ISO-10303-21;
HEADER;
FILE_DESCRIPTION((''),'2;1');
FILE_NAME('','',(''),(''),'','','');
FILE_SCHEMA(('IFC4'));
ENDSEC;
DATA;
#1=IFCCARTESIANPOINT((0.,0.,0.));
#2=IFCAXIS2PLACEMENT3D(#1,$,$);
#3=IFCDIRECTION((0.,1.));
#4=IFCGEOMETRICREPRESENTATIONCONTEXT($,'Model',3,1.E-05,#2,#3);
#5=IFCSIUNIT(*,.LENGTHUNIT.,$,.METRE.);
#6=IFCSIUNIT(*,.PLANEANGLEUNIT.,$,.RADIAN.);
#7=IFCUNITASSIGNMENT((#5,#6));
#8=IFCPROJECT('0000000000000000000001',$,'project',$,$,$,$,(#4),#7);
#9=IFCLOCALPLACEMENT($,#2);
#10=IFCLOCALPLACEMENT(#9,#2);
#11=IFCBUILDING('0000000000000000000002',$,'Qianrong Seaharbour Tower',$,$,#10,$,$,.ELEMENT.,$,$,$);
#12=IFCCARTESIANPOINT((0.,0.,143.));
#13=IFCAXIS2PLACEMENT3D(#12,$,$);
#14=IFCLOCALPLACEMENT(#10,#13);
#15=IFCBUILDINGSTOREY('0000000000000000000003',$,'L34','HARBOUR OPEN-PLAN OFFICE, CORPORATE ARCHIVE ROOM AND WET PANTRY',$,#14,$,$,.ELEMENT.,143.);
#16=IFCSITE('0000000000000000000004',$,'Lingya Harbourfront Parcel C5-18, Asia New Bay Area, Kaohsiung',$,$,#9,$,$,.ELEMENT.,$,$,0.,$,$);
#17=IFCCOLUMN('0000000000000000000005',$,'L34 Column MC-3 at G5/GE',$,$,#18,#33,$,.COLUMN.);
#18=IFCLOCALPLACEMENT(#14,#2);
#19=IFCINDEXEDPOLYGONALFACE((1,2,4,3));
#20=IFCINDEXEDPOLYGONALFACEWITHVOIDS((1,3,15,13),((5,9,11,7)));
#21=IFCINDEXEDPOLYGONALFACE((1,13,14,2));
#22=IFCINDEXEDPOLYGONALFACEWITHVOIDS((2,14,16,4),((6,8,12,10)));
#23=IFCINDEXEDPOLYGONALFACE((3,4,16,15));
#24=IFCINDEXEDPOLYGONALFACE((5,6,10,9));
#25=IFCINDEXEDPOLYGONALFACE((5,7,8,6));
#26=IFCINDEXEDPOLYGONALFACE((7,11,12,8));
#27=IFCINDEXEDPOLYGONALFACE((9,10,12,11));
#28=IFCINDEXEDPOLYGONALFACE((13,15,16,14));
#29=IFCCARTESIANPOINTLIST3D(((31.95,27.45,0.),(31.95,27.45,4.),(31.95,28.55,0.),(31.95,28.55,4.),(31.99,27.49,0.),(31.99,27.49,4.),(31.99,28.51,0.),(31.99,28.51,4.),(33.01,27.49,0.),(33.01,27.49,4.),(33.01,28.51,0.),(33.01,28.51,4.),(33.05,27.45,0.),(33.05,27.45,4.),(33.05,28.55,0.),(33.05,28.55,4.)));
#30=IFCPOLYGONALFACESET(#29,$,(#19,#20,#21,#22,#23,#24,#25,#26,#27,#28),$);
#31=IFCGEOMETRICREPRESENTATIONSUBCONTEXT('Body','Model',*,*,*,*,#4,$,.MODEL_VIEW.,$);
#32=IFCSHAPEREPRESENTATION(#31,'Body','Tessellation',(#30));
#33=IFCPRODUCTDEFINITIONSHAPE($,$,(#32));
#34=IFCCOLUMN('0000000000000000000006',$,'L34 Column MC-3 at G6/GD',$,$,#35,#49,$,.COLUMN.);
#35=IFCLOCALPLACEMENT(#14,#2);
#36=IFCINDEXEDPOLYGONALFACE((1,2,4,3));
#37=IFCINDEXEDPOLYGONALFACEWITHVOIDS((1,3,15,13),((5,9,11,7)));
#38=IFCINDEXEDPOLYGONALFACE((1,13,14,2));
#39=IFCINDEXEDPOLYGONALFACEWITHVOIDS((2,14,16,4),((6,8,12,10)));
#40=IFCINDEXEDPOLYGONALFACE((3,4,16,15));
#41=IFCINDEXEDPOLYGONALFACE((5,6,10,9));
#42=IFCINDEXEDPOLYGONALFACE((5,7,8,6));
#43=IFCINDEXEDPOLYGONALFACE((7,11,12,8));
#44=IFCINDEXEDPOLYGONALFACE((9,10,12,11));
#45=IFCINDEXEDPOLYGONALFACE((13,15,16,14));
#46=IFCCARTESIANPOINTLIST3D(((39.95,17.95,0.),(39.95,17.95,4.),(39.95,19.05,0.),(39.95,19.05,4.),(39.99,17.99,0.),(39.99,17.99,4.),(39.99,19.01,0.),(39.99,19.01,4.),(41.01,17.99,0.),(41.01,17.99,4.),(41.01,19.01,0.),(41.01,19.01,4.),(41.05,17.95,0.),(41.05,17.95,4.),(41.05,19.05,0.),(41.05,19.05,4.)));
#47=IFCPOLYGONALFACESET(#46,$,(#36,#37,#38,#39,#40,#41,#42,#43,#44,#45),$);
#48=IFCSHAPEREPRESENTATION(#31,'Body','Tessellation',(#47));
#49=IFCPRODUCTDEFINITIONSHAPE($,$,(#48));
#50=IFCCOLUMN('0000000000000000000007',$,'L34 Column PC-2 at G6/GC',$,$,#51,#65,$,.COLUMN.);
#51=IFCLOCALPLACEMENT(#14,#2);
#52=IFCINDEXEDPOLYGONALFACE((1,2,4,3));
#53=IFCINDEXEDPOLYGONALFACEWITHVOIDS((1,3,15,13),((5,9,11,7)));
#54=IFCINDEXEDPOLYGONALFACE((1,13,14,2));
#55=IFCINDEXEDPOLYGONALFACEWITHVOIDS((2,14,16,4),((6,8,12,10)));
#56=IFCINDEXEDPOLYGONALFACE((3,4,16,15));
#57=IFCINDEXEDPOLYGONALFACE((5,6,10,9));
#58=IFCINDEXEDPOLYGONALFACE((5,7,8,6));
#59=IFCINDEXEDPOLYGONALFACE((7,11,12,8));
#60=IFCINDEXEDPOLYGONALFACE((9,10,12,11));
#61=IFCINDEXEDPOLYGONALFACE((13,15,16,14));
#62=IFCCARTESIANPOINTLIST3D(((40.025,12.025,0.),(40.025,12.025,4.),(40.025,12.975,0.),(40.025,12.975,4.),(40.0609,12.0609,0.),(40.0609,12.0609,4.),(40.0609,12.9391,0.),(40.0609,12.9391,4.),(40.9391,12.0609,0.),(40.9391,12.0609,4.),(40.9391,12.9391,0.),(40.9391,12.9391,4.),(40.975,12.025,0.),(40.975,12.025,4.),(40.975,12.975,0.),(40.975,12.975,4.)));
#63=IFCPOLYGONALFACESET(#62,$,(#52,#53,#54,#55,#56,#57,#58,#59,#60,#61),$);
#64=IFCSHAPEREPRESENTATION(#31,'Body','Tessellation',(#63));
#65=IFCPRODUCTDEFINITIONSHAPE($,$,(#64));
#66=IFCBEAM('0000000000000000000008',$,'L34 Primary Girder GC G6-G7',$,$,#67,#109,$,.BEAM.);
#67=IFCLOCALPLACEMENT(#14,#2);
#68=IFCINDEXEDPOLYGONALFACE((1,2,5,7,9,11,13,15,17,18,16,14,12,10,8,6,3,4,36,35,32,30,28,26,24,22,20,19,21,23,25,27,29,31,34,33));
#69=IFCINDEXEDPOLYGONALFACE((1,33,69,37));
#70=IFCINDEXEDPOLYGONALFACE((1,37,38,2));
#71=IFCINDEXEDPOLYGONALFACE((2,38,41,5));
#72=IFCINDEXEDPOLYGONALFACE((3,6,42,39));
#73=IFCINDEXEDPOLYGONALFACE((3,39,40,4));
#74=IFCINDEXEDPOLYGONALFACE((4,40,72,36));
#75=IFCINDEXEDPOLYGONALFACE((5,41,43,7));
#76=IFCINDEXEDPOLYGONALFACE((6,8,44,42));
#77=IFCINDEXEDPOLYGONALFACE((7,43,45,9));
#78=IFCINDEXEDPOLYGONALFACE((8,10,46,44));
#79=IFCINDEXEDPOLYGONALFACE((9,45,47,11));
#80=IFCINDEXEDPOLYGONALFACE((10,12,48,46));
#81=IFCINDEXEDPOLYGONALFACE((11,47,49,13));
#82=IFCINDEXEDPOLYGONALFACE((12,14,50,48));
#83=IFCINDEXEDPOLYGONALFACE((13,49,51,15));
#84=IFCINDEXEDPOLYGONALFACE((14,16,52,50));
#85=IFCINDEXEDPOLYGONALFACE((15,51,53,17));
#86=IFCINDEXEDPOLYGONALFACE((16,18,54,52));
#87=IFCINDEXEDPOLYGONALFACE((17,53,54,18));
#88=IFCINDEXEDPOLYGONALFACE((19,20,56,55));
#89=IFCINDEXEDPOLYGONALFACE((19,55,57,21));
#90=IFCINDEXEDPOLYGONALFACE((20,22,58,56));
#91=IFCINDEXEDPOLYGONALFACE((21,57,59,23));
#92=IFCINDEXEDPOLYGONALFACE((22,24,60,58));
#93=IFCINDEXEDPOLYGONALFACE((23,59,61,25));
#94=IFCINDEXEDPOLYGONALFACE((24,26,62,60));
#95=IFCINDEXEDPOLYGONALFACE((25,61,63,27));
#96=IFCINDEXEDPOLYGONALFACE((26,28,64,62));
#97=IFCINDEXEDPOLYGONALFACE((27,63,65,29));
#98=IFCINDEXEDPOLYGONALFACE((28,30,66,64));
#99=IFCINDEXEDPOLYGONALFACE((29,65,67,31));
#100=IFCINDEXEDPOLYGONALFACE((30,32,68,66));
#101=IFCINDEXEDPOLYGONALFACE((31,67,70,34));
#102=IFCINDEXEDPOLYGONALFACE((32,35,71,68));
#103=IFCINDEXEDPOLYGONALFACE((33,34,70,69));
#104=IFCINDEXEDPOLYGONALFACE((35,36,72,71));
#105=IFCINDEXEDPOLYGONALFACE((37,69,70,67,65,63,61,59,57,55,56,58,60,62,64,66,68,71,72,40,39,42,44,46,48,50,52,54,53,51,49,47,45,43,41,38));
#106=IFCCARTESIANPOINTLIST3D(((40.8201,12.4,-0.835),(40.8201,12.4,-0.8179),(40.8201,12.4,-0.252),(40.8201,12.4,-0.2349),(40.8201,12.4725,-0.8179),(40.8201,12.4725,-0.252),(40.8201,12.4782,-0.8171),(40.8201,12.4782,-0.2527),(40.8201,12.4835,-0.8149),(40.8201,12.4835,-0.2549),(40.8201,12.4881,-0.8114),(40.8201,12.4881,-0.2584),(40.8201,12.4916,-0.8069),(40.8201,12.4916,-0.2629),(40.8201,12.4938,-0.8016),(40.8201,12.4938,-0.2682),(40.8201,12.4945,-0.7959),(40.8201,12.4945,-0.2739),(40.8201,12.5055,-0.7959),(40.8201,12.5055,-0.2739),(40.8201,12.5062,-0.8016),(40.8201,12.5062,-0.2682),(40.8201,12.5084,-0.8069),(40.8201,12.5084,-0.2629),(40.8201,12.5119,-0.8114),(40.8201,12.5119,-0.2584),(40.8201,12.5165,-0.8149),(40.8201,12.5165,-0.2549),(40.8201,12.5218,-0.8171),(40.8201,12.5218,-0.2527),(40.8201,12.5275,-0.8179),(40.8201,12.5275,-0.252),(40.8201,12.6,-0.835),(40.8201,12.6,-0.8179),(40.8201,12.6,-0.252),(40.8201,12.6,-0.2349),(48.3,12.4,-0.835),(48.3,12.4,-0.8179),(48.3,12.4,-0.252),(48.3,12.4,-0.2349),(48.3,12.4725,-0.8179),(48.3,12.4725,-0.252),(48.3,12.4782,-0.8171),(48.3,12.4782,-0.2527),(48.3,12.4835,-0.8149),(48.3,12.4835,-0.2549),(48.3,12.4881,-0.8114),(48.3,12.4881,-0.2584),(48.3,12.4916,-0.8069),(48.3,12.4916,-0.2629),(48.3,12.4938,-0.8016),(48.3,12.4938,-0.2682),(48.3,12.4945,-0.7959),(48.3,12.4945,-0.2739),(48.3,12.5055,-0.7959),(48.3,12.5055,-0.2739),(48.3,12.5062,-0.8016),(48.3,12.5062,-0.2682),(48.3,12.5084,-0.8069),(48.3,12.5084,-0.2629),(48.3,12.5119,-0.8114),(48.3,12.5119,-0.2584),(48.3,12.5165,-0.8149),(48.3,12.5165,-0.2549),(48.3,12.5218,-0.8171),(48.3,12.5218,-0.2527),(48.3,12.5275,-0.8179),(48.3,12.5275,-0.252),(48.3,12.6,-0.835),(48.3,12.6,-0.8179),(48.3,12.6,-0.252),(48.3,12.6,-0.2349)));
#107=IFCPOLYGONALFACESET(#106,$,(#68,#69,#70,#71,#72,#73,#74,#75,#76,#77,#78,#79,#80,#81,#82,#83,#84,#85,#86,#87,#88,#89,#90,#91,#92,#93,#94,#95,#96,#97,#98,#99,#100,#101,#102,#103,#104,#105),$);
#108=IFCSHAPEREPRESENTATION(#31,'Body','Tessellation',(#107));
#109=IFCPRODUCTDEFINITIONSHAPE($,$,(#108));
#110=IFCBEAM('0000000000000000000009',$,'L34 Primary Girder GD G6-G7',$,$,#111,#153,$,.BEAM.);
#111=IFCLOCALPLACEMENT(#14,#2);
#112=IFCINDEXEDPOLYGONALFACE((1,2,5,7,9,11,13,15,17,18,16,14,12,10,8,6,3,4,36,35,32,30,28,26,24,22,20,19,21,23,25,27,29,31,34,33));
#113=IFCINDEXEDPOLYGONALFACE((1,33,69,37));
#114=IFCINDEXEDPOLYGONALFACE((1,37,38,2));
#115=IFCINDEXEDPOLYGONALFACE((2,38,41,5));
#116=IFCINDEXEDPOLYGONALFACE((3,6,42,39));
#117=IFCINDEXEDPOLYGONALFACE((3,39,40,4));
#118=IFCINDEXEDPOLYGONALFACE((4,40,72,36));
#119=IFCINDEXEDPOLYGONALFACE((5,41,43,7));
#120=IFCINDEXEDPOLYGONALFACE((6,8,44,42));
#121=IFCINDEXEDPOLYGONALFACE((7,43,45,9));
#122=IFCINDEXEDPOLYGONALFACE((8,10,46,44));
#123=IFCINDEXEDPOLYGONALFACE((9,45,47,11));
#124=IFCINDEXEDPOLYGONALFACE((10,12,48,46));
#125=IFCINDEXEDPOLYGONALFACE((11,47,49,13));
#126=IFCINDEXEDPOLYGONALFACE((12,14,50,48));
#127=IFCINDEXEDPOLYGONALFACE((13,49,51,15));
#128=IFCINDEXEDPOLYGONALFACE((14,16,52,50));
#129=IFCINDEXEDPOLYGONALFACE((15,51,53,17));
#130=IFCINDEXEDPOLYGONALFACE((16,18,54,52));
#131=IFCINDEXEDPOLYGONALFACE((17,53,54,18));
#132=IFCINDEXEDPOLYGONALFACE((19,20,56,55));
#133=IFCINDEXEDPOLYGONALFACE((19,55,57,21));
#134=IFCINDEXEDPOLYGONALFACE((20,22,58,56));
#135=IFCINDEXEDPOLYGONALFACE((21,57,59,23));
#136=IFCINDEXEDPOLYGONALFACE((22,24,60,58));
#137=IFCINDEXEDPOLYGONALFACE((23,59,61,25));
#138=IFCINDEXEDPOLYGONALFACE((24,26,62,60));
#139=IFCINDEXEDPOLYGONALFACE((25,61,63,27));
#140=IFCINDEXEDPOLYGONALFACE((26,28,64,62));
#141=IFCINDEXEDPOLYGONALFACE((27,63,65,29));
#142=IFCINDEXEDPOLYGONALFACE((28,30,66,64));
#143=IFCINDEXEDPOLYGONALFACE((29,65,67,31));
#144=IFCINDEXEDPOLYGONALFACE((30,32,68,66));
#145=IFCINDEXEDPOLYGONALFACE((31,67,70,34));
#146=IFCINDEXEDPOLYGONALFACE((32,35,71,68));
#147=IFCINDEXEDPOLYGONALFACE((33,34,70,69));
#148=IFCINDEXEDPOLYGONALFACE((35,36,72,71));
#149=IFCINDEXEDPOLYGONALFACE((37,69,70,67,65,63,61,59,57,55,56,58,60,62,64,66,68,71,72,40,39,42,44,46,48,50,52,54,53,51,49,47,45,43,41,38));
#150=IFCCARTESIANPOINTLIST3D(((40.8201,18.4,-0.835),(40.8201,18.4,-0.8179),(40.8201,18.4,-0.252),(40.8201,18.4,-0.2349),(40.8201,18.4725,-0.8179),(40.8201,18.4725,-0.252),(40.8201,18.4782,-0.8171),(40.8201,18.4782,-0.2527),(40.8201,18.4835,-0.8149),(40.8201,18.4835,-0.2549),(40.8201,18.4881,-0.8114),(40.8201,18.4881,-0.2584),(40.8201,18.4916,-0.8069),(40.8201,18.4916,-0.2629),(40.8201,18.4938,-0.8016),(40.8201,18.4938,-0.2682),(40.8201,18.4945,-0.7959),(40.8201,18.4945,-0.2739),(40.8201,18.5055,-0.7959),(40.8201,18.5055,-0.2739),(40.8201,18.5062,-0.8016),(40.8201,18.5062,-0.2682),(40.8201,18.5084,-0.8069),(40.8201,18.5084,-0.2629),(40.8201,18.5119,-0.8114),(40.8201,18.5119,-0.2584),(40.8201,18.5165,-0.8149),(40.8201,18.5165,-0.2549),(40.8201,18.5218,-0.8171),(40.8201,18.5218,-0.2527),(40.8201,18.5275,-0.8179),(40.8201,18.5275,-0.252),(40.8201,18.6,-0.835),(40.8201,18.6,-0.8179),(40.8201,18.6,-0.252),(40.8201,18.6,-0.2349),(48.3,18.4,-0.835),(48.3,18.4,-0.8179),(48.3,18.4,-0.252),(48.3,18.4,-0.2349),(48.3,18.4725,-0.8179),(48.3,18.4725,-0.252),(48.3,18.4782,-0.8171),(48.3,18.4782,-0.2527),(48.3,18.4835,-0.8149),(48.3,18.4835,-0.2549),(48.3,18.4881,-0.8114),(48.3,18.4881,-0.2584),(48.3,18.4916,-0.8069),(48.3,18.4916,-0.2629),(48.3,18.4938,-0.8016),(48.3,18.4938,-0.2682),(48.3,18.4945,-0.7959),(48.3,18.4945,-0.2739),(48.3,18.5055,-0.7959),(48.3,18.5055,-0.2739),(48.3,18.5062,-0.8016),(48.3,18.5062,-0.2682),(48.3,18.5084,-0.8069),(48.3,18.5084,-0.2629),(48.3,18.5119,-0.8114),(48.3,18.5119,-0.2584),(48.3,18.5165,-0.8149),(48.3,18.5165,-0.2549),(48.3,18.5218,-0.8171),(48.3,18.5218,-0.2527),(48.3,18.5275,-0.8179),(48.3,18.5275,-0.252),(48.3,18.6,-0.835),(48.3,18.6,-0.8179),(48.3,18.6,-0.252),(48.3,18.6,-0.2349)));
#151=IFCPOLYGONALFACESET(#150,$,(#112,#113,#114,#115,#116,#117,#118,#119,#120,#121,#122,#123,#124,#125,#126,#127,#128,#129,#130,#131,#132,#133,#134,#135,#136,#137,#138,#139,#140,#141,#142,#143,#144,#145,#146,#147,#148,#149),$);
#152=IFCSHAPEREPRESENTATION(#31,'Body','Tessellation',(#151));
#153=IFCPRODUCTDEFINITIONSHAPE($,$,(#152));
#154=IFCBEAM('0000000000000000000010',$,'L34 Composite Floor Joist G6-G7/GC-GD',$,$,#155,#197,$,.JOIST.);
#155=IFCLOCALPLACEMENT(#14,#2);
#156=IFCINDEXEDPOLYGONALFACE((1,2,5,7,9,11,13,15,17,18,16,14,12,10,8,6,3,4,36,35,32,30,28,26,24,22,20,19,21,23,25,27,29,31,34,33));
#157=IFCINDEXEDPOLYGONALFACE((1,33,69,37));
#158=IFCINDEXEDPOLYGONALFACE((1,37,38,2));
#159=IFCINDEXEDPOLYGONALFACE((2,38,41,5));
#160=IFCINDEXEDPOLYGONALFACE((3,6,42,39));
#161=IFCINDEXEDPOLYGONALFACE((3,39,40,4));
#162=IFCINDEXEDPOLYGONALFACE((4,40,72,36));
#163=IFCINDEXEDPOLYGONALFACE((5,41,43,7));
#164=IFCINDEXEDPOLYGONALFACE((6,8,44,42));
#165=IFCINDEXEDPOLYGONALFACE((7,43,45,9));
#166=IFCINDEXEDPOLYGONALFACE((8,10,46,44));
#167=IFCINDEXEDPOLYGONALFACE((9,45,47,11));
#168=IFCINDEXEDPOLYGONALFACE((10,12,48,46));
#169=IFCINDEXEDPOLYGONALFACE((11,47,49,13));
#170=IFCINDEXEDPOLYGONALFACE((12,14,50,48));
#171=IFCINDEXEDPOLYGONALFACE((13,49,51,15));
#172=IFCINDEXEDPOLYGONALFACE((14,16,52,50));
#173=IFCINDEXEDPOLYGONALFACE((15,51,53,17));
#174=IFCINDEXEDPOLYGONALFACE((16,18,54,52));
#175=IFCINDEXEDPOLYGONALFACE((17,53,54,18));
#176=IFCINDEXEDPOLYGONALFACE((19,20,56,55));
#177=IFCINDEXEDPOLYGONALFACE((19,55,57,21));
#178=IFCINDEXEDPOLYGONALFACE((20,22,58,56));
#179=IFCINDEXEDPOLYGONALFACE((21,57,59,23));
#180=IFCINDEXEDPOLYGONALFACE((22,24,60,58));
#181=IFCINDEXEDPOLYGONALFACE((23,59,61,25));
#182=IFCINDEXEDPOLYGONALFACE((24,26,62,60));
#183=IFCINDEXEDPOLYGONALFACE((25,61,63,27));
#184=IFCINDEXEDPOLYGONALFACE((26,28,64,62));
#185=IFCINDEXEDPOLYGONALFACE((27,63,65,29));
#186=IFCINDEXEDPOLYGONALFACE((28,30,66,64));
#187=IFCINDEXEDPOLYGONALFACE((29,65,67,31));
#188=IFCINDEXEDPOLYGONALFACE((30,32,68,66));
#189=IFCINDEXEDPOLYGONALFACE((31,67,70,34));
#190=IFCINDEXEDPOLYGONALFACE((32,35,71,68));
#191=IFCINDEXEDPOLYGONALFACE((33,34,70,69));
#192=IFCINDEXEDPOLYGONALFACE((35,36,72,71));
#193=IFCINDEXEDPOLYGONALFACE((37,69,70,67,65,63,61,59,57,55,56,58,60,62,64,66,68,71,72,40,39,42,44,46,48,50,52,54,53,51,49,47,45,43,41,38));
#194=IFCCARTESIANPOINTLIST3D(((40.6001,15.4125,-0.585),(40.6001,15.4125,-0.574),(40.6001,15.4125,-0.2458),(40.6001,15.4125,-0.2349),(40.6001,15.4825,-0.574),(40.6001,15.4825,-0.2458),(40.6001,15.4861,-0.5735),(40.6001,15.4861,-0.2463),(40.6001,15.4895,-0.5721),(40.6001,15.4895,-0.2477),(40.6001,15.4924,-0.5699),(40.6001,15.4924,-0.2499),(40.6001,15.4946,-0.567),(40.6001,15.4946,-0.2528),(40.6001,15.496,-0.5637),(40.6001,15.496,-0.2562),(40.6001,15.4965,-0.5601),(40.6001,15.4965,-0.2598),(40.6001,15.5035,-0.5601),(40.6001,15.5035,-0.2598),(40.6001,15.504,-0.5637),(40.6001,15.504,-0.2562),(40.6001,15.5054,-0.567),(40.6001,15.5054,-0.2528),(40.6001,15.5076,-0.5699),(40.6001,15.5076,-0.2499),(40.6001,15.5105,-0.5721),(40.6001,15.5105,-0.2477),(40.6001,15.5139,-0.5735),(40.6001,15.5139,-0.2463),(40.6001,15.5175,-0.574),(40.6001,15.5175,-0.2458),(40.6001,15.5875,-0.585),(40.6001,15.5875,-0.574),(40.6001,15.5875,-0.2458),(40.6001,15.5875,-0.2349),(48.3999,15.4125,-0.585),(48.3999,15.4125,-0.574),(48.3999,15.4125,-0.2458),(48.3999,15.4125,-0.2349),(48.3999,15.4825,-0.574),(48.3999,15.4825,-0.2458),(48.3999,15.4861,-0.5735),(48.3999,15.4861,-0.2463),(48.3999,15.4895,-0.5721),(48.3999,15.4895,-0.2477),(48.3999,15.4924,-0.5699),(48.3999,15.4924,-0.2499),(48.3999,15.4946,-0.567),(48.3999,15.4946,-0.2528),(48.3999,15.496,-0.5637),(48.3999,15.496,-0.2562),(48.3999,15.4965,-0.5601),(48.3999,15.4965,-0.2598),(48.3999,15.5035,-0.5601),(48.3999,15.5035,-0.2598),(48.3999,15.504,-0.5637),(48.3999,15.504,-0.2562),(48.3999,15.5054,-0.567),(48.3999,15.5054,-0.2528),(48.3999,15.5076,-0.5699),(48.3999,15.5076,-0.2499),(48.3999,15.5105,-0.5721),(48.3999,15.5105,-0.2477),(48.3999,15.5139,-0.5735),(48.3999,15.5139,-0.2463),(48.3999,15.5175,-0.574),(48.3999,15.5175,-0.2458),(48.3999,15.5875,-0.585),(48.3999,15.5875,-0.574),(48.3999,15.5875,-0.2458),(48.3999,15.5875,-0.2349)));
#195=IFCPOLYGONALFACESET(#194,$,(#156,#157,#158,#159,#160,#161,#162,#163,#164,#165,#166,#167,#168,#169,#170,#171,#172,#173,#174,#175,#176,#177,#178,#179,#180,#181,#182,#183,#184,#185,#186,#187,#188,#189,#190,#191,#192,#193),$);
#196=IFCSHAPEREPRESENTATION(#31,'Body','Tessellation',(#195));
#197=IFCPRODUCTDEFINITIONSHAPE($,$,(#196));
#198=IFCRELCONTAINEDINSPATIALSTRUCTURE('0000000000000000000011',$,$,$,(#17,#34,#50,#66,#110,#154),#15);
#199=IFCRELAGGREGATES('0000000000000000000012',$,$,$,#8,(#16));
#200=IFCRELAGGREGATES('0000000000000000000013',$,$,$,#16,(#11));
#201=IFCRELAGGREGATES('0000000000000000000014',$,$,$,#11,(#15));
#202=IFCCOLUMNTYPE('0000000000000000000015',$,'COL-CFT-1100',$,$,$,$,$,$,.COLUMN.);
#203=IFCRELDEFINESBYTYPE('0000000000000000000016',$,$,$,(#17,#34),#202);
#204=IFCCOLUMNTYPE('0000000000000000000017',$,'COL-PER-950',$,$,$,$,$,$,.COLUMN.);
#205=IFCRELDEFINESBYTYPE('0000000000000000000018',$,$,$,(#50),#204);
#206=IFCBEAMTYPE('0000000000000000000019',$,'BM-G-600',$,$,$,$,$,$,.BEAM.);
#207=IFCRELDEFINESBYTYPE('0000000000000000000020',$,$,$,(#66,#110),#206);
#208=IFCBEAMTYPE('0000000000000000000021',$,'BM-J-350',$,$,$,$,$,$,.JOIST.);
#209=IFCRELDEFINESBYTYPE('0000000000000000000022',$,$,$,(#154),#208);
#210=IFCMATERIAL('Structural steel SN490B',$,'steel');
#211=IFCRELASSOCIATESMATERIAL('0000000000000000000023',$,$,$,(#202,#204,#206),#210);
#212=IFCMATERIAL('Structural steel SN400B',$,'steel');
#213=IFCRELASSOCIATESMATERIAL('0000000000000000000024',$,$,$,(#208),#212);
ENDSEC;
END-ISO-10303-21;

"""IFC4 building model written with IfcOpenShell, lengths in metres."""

from ifc_helpers import new_model, si_unit, direction, frame, origin, origin_2d, place, context, subcontext, project, spatial, hollow_rectangle, i_section, extrude, material, material_profile, profile_set, type_object, element, save


model = new_model("IFC4")

# Units and contexts
model_context = context("Model", 3, precision=1e-05, world=origin(), true_north=direction((0.0, 1.0)))
body_context = subcontext(model_context, "Body", "Model", "MODEL_VIEW")
ifc_project = project(units=[si_unit("LENGTHUNIT", "METRE"), si_unit("PLANEANGLEUNIT", "RADIAN")], contexts=[model_context])

# Site, building, storey
site_placement = place(None, origin())
site = spatial("IfcSite", under=ifc_project, at=site_placement, Name="Lingya Harbourfront Parcel C5-18, Asia New Bay Area, Kaohsiung", CompositionType="ELEMENT", RefElevation=0.0)
building_placement = place(site_placement, origin())
building = spatial("IfcBuilding", under=site, at=building_placement, Name="Qianrong Seaharbour Tower", CompositionType="ELEMENT")
storey_placement = place(building_placement, frame((0.0, 0.0, 143.0)))
storey = spatial("IfcBuildingStorey", under=building, at=storey_placement, Name="L34", Description="HARBOUR OPEN-PLAN OFFICE, CORPORATE ARCHIVE ROOM AND WET PANTRY", CompositionType="ELEMENT", Elevation=143.0)

# Columns
ifc_material_1 = material(Name="Structural steel SN490B", Category="steel")
ifc_material_profile_1 = material_profile(ifc_material_1, hollow_rectangle(XDim=1.1001, YDim=1.1001, WallThickness=0.04, at=origin_2d()), Name="BOX1100x1100x40")
ifc_profile_set_1 = profile_set([ifc_material_profile_1], Name="Structural steel SN490B")
column_type_1 = type_object("IfcColumnType", Name="COL-CFT-1100", PredefinedType="COLUMN", material=ifc_profile_set_1)
for number, where, z_axis, x_axis, name in (
    (1, (32.5, 28.0, 0.0), (0.0, 0.0, 1.0), (1.0, 0.0, 0.0), "L34 Column MC-3 at G5/GE"),
    (2, (40.5, 18.5, 0.0), (0.0, 0.0, 1.0), (1.0, 0.0, 0.0), "L34 Column MC-3 at G6/GD"),
):
    element("IfcColumn", number, at=place(storey_placement, frame(where, z_axis=z_axis, x_axis=x_axis)), inside=storey, type_object=column_type_1, Name=name, PredefinedType="COLUMN", context=body_context, shape_type="SweptSolid", body=[
        extrude(hollow_rectangle(XDim=1.1001, YDim=1.1001, WallThickness=0.04, at=origin_2d()), origin(), (0.0, 0.0, 1.0), 4.0),
    ])
ifc_material_profile_2 = material_profile(ifc_material_1, hollow_rectangle(XDim=0.95, YDim=0.95, WallThickness=0.0359, at=origin_2d()), Name="BOX950x950x36")
ifc_profile_set_2 = profile_set([ifc_material_profile_2], Name="Structural steel SN490B")
column_type_2 = type_object("IfcColumnType", Name="COL-PER-950", PredefinedType="COLUMN", material=ifc_profile_set_2)
column_placement = place(storey_placement, frame((40.5, 12.5, 0.0), z_axis=(0.0, 0.0, 1.0), x_axis=(1.0, 0.0, 0.0)))
element("IfcColumn", 3, at=column_placement, inside=storey, type_object=column_type_2, Name="L34 Column PC-2 at G6/GC", PredefinedType="COLUMN", context=body_context, shape_type="SweptSolid", body=[
    extrude(hollow_rectangle(XDim=0.95, YDim=0.95, WallThickness=0.0359, at=origin_2d()), origin(), (0.0, 0.0, 1.0), 4.0),
])

# Beams
ifc_material_profile_3 = material_profile(ifc_material_1, i_section(OverallWidth=0.2, OverallDepth=0.6001, WebThickness=0.011, FlangeThickness=0.0171, FilletRadius=0.022, at=origin_2d()), Name="H600x200x11x17")
ifc_profile_set_3 = profile_set([ifc_material_profile_3], Name="Structural steel SN490B")
beam_type_1 = type_object("IfcBeamType", Name="BM-G-600", PredefinedType="BEAM", material=ifc_profile_set_3)
for number, where, z_axis, x_axis, name in (
    (4, (40.8201, 12.5, -0.5349), (1.0, 0.0, 0.0), (0.0, 1.0, 0.0), "L34 Primary Girder GC G6-G7"),
    (5, (40.8201, 18.5, -0.5349), (1.0, 0.0, 0.0), (0.0, 1.0, 0.0), "L34 Primary Girder GD G6-G7"),
):
    element("IfcBeam", number, at=place(storey_placement, frame(where, z_axis=z_axis, x_axis=x_axis)), inside=storey, type_object=beam_type_1, Name=name, PredefinedType="BEAM", context=body_context, shape_type="SweptSolid", body=[
        extrude(i_section(OverallWidth=0.2, OverallDepth=0.6001, WebThickness=0.011, FlangeThickness=0.0171, FilletRadius=0.022, at=origin_2d()), origin(), (0.0, 0.0, 1.0), 7.48),
    ])
ifc_material_2 = material(Name="Structural steel SN400B", Category="steel")
ifc_material_profile_4 = material_profile(ifc_material_2, i_section(OverallWidth=0.175, OverallDepth=0.3501, WebThickness=0.0071, FlangeThickness=0.011, FilletRadius=0.0139, at=origin_2d()), Name="H350x175x7x11")
ifc_profile_set_4 = profile_set([ifc_material_profile_4], Name="Structural steel SN400B")
beam_type_2 = type_object("IfcBeamType", Name="BM-J-350", PredefinedType="JOIST", material=ifc_profile_set_4)
beam_1_placement = place(storey_placement, frame((40.6001, 15.5, -0.4099), z_axis=(1.0, 0.0, 0.0), x_axis=(0.0, 1.0, 0.0)))
element("IfcBeam", 6, at=beam_1_placement, inside=storey, type_object=beam_type_2, Name="L34 Composite Floor Joist G6-G7/GC-GD", PredefinedType="JOIST", context=body_context, shape_type="SweptSolid", body=[
    extrude(i_section(OverallWidth=0.175, OverallDepth=0.3501, WebThickness=0.0071, FlangeThickness=0.011, FilletRadius=0.0139, at=origin_2d()), origin(), (0.0, 0.0, 1.0), 7.7998),
])

save(model, "model.ifc")
